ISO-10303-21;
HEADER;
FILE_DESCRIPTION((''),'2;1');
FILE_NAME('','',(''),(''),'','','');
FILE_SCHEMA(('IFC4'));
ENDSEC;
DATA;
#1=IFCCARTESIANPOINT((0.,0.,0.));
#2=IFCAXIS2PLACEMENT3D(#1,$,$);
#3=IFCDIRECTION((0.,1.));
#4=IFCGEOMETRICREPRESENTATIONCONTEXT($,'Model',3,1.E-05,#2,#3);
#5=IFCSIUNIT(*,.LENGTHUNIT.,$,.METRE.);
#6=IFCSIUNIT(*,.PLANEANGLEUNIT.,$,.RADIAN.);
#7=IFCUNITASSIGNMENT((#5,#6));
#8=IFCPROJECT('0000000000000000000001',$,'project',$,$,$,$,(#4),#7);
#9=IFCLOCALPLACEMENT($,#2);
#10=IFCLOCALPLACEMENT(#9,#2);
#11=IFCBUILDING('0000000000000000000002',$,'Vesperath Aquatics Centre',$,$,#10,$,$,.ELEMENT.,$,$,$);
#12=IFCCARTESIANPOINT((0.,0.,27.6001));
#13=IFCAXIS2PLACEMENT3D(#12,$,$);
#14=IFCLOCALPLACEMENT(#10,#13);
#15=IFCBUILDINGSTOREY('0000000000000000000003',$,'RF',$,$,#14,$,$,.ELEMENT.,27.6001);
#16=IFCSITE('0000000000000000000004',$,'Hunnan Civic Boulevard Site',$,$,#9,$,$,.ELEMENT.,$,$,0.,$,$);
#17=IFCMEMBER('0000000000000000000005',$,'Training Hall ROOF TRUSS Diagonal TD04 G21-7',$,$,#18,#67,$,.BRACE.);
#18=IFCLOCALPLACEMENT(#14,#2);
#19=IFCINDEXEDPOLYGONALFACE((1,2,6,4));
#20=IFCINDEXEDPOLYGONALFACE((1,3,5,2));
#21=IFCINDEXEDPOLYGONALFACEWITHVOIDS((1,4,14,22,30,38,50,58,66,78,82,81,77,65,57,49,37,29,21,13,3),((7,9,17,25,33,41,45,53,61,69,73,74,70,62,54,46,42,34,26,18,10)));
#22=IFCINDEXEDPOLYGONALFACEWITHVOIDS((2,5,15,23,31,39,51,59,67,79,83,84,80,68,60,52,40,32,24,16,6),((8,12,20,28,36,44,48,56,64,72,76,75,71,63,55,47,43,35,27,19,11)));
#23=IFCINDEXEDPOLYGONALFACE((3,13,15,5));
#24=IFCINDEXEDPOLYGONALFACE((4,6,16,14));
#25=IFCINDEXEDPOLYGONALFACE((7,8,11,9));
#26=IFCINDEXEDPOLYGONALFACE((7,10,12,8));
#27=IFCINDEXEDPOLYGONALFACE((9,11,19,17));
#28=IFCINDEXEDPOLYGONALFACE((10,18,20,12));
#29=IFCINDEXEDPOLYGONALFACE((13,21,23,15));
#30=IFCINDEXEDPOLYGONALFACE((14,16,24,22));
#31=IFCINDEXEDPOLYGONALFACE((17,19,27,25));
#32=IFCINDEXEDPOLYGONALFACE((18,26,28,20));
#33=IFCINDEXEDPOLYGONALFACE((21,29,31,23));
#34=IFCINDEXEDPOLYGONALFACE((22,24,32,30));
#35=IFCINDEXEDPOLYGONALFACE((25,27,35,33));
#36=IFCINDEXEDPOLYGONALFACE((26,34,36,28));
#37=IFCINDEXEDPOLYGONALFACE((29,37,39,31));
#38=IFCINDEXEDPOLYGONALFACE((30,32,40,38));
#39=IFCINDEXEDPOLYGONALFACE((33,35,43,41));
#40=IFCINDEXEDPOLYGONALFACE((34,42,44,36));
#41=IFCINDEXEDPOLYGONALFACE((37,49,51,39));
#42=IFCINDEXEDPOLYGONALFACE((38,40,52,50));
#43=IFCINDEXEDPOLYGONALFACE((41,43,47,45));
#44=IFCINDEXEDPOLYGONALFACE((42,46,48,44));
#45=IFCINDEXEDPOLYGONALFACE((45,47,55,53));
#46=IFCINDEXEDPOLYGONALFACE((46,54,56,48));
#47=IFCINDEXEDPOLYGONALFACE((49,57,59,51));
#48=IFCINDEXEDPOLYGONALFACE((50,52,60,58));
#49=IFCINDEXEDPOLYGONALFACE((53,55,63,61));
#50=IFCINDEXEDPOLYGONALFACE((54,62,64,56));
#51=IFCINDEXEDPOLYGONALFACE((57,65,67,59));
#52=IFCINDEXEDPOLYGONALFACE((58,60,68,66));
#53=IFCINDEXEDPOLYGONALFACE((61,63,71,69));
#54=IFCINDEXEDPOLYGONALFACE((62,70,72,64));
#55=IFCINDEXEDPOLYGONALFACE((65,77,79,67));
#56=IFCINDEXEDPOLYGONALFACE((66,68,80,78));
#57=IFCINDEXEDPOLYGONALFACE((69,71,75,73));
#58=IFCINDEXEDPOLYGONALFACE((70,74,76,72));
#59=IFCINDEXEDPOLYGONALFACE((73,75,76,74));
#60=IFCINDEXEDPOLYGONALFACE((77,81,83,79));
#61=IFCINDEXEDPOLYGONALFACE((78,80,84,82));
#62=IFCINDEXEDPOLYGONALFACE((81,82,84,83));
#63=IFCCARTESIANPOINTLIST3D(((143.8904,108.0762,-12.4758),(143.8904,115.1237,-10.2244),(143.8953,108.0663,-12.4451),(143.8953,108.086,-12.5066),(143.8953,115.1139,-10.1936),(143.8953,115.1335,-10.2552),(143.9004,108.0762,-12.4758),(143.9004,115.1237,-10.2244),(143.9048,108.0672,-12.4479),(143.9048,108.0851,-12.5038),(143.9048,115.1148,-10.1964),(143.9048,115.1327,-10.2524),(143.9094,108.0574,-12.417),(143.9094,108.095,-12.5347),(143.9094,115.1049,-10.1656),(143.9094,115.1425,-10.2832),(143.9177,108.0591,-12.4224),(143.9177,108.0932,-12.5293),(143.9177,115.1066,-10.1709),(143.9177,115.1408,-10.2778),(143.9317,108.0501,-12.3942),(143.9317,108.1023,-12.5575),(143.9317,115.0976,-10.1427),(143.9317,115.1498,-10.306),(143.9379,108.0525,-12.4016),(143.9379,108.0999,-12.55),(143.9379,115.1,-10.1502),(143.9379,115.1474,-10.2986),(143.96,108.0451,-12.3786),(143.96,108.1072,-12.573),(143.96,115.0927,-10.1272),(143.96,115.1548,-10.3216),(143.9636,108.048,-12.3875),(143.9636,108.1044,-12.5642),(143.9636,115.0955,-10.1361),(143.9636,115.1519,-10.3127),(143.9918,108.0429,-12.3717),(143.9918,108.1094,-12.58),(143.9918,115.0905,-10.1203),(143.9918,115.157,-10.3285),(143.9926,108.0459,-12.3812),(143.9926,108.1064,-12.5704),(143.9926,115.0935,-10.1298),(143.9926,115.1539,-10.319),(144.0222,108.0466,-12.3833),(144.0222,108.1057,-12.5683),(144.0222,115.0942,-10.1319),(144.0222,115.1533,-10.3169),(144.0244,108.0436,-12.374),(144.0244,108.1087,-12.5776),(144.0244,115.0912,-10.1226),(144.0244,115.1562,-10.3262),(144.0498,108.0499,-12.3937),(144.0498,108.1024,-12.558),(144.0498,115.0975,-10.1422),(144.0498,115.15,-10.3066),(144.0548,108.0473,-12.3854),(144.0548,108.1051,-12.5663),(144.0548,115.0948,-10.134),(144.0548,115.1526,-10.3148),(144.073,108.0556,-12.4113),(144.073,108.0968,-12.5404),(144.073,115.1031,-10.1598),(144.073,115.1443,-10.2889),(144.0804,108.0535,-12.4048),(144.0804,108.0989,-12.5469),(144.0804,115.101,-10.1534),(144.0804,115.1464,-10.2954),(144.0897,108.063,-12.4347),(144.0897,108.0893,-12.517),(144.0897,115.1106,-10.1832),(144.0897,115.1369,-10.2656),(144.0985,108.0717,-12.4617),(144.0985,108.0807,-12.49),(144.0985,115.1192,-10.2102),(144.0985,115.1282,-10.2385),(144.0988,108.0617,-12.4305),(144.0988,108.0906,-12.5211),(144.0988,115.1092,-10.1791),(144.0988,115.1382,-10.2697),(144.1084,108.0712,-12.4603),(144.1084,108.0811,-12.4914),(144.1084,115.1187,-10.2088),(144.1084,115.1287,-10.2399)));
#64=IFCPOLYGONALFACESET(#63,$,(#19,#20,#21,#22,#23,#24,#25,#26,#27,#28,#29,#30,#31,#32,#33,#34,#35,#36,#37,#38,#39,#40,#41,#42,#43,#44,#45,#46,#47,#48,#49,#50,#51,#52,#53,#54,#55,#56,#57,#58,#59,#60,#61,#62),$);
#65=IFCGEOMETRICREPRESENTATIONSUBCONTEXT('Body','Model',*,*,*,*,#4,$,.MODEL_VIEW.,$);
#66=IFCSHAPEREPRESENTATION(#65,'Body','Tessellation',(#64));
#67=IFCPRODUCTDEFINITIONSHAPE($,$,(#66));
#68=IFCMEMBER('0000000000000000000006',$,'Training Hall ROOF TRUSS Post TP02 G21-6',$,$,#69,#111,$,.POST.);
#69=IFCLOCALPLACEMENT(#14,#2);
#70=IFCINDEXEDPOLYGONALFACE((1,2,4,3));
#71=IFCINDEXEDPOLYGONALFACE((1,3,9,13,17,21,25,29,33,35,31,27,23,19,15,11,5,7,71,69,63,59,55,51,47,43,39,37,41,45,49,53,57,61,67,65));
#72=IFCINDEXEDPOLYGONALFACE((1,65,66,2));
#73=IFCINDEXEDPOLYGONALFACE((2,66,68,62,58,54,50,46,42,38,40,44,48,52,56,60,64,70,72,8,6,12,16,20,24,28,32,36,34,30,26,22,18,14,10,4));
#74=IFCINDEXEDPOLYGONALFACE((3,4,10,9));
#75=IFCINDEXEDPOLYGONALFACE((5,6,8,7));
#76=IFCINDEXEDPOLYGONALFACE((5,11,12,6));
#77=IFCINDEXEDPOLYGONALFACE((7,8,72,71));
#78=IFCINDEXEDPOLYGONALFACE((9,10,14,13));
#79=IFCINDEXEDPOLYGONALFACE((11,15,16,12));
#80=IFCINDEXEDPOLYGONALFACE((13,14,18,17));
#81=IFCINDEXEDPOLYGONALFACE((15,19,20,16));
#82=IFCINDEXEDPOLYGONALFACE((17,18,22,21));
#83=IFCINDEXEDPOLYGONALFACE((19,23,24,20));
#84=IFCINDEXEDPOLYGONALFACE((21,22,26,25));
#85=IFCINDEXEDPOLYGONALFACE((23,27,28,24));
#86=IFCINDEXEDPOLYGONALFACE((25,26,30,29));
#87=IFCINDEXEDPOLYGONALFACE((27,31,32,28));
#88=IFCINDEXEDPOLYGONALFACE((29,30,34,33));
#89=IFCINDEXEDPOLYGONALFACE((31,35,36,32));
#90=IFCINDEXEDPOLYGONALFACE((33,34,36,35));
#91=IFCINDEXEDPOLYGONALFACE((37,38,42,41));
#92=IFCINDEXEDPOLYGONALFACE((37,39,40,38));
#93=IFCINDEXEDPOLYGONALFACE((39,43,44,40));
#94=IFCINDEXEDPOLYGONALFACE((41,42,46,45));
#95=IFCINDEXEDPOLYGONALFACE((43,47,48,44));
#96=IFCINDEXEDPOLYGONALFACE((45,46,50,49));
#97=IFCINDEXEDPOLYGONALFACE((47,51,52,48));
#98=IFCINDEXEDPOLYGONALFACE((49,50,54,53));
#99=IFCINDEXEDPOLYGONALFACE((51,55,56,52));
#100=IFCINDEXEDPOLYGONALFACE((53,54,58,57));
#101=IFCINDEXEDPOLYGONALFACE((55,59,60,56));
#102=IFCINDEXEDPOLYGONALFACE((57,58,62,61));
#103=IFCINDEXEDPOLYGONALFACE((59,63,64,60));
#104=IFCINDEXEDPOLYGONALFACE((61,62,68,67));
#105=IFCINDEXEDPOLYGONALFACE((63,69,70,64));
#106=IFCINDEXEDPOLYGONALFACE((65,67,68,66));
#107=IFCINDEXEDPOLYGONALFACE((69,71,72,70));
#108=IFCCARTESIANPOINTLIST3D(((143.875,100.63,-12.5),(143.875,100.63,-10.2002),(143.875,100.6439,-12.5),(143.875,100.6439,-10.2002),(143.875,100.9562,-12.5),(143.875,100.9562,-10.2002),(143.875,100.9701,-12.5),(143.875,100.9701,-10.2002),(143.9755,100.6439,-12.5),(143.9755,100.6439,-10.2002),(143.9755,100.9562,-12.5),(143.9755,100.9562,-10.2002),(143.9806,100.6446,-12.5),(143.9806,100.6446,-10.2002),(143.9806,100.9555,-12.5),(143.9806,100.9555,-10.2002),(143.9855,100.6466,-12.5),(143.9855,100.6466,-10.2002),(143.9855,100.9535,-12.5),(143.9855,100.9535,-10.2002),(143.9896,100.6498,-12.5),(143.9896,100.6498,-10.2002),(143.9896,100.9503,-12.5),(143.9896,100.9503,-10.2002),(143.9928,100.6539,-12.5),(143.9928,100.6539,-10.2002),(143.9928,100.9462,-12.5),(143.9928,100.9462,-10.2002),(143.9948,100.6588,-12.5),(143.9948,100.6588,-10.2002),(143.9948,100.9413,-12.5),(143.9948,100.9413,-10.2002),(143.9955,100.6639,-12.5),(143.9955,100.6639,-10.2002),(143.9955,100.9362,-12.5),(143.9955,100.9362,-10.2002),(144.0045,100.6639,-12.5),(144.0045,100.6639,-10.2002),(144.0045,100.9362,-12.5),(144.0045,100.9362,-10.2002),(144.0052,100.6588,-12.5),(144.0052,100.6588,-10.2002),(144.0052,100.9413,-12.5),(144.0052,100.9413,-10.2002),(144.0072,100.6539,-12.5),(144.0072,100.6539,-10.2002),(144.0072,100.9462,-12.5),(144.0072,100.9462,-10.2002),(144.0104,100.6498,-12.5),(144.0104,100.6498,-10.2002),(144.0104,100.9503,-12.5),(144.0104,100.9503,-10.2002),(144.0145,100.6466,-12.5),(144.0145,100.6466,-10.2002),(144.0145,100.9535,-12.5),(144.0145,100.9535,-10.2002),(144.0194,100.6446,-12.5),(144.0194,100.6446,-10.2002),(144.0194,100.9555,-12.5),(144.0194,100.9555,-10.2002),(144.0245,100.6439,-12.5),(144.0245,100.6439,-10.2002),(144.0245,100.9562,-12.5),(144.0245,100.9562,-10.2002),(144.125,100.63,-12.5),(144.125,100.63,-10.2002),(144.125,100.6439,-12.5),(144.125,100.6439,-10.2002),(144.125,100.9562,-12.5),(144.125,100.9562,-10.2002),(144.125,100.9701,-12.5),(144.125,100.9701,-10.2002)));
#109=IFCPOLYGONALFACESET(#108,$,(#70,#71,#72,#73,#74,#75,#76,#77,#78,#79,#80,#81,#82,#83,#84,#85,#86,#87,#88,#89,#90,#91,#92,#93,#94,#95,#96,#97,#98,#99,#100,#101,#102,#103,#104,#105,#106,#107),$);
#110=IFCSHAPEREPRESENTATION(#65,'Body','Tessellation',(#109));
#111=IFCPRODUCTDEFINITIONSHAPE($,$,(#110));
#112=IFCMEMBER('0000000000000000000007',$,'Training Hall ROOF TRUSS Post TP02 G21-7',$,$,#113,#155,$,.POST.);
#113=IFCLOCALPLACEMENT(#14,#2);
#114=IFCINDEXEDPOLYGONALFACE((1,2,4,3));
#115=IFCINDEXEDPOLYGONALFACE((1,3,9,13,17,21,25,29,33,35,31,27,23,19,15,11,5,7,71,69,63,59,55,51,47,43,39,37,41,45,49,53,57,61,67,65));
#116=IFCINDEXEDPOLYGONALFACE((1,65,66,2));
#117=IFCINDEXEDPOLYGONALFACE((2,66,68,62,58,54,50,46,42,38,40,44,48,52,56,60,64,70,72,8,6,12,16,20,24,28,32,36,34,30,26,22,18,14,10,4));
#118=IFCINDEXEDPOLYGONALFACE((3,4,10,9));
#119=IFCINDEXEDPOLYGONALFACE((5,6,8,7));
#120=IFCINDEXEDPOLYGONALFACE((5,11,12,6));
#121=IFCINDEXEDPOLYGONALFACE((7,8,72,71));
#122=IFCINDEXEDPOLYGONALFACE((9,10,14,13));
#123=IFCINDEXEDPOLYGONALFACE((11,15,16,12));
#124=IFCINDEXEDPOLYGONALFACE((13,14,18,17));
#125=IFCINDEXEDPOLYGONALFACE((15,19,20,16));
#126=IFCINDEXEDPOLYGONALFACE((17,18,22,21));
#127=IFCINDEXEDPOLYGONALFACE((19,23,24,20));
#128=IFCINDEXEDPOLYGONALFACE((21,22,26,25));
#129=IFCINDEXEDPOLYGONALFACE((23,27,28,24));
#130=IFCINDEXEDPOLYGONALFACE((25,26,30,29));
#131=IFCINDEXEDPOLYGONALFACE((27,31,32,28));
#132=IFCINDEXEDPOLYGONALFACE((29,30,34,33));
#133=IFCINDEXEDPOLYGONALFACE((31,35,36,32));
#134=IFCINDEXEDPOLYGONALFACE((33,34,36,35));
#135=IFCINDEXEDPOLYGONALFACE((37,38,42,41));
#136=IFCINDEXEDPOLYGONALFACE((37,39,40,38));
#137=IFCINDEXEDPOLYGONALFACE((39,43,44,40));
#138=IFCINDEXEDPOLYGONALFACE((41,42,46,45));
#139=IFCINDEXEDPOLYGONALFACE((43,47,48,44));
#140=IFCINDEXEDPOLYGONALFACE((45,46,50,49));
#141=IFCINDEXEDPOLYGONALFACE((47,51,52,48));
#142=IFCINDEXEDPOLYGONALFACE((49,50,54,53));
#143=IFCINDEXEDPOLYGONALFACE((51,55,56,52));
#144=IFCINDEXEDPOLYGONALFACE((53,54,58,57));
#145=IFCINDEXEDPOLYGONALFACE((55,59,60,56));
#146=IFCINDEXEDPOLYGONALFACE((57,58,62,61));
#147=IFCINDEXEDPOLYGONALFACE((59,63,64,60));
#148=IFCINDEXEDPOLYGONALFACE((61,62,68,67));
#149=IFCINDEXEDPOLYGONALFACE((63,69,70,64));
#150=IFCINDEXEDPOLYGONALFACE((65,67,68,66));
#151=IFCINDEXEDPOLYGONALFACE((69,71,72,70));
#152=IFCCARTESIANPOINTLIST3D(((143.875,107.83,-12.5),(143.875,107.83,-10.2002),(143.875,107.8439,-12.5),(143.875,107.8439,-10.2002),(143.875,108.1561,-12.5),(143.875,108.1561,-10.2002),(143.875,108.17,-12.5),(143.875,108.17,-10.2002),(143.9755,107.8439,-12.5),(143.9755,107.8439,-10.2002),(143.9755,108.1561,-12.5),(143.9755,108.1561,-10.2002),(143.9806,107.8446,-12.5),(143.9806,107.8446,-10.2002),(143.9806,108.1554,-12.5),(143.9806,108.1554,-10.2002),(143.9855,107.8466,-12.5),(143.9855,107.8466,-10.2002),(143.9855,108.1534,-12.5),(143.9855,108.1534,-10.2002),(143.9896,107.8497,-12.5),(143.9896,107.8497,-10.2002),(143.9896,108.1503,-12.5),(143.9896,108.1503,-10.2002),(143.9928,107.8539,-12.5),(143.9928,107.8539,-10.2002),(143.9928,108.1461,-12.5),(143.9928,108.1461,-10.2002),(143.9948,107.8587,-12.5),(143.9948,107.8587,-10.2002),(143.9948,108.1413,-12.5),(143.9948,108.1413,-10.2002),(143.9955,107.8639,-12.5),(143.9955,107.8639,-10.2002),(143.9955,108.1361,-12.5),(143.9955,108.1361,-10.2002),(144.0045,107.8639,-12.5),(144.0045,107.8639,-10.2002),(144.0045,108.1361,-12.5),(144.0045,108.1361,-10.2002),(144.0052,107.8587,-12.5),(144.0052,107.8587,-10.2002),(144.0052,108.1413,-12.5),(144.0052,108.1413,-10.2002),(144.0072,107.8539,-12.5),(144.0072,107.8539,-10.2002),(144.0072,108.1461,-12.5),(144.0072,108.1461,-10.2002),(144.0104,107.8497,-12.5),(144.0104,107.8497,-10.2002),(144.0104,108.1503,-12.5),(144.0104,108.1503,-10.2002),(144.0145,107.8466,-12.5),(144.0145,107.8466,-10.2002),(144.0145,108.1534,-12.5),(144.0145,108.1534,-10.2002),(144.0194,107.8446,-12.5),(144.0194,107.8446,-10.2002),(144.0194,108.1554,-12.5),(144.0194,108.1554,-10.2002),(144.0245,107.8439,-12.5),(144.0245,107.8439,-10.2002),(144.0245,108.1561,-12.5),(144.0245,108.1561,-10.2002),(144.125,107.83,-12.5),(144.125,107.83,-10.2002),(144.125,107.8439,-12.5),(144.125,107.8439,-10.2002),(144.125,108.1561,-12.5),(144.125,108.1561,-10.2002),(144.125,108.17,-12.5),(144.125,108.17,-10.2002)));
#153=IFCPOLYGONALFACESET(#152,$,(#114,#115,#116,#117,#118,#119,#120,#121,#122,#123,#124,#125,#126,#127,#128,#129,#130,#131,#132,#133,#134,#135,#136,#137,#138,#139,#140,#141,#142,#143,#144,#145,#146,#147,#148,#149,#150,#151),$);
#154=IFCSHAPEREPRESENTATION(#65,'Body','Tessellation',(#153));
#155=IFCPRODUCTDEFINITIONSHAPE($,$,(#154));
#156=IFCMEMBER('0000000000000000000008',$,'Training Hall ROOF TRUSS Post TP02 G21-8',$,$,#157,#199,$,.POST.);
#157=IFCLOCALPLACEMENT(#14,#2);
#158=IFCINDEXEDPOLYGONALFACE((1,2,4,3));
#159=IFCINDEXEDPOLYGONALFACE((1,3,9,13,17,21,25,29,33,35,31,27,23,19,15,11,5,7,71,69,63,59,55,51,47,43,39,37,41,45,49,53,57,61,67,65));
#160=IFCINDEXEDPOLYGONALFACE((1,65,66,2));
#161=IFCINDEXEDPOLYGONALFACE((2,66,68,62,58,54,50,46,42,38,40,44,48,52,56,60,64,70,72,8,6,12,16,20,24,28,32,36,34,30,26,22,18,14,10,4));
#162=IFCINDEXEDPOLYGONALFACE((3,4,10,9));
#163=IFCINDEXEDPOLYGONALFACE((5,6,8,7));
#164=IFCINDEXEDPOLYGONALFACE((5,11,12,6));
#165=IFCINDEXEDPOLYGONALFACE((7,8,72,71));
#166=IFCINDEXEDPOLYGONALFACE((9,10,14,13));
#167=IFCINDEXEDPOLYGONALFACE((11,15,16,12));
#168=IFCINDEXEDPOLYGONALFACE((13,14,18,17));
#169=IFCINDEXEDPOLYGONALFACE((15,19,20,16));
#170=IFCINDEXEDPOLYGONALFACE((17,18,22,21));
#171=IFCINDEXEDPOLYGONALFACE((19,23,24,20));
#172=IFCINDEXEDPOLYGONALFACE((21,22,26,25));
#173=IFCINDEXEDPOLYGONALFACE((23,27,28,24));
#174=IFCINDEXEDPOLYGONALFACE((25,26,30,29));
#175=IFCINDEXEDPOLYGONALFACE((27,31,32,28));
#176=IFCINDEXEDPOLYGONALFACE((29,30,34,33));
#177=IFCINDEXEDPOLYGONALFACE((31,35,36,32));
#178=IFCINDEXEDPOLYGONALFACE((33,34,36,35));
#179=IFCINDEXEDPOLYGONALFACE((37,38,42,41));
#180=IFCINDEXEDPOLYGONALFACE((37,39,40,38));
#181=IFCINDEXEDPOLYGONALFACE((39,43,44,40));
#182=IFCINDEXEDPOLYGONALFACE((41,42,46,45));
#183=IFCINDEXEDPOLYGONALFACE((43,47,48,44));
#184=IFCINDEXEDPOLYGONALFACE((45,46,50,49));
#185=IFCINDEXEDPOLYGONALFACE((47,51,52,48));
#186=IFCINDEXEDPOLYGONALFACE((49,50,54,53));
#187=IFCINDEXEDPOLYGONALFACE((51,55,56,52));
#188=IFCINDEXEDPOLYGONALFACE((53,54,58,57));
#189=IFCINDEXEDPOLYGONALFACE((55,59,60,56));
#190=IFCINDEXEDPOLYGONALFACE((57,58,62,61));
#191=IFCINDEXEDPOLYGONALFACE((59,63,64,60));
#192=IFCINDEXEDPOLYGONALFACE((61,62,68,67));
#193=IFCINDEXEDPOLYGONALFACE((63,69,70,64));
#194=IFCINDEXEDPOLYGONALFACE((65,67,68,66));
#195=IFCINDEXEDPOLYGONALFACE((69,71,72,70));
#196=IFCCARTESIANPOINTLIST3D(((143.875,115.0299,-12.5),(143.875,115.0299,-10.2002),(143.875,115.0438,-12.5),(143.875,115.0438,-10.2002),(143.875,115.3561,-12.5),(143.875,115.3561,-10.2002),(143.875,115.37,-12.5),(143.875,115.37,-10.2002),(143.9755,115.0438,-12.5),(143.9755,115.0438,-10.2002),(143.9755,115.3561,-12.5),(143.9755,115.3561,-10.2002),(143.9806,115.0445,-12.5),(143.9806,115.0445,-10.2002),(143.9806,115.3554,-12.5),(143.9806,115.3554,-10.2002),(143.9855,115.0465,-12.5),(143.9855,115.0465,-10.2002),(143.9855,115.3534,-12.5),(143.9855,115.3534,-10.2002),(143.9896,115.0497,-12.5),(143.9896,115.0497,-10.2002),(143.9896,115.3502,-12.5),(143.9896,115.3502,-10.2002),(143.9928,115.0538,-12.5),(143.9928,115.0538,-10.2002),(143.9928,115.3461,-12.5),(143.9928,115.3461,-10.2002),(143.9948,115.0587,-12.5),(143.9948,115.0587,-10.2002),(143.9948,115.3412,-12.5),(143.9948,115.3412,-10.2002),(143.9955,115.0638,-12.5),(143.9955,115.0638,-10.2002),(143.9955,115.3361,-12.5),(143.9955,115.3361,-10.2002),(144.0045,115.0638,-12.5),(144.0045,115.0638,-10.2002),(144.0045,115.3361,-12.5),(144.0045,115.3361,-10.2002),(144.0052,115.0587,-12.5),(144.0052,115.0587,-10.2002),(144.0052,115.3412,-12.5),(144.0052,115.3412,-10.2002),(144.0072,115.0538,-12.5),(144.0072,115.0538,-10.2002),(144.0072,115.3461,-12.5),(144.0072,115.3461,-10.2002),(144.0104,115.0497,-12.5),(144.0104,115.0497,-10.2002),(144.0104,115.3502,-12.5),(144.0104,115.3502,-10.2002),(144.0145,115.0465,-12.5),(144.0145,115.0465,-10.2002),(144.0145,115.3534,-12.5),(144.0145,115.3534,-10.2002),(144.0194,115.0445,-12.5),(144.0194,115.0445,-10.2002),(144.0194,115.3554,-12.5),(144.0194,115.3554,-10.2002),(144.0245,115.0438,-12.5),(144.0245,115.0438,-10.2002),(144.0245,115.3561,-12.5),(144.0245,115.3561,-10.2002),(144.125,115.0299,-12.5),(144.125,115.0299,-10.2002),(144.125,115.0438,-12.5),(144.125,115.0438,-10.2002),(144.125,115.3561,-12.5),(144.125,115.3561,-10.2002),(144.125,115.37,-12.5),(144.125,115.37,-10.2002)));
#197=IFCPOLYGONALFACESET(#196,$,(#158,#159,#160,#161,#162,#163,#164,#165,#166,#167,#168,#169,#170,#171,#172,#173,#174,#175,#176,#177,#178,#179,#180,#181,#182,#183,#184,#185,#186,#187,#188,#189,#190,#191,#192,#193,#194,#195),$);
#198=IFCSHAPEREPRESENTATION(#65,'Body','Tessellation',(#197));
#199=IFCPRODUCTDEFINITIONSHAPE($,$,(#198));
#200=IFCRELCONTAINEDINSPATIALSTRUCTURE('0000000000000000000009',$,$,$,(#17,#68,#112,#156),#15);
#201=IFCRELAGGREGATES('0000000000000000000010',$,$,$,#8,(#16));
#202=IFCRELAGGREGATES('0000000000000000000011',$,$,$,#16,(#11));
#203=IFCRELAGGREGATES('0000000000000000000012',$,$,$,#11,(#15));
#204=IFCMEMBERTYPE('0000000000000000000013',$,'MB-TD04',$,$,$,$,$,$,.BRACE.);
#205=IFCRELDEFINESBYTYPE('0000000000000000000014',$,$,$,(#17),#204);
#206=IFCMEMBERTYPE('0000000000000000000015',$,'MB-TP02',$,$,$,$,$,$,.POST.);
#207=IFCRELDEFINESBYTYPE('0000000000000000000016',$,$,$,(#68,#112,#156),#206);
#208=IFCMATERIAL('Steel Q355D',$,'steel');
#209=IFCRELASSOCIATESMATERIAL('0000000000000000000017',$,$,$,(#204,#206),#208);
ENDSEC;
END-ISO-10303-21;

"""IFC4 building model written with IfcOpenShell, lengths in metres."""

from ifc_helpers import new_model, si_unit, direction, frame, origin, origin_2d, place, context, subcontext, project, spatial, hollow_circle, i_section, extrude, material, material_profile, profile_set, type_object, element, save


model = new_model("IFC4")

# Units and contexts
model_context = context("Model", 3, precision=1e-05, world=origin(), true_north=direction((0.0, 1.0)))
body_context = subcontext(model_context, "Body", "Model", "MODEL_VIEW")
ifc_project = project(units=[si_unit("LENGTHUNIT", "METRE"), si_unit("PLANEANGLEUNIT", "RADIAN")], contexts=[model_context])

# Site, building, storey
site_placement = place(None, origin())
site = spatial("IfcSite", under=ifc_project, at=site_placement, Name="Hunnan Civic Boulevard Site", CompositionType="ELEMENT", RefElevation=0.0)
building_placement = place(site_placement, origin())
building = spatial("IfcBuilding", under=site, at=building_placement, Name="Vesperath Aquatics Centre", CompositionType="ELEMENT")
storey_placement = place(building_placement, frame((0.0, 0.0, 27.6001)))
storey = spatial("IfcBuildingStorey", under=building, at=storey_placement, Name="RF", CompositionType="ELEMENT", Elevation=27.6001)

# Members
ifc_material_1 = material(Name="Steel Q355D", Category="steel")
ifc_material_profile_1 = material_profile(ifc_material_1, hollow_circle(Radius=0.1096, WallThickness=0.01, at=origin_2d()), Name="CHS 219.1x10")
ifc_profile_set_1 = profile_set([ifc_material_profile_1], Name="Steel Q355D")
member_type_1 = type_object("IfcMemberType", Name="MB-TD04", PredefinedType="BRACE", material=ifc_profile_set_1)
for number, where, z_axis, x_axis, name in (
    (1, (144.0, 108.0762, -12.4758), (0.0, 0.952572, 0.304314), (-1.0, 0.0, 0.0), "Training Hall ROOF TRUSS Diagonal TD04 G21-7"),
):
    element("IfcMember", number, at=place(storey_placement, frame(where, z_axis=z_axis, x_axis=x_axis)), inside=storey, type_object=member_type_1, Name=name, PredefinedType="BRACE", context=body_context, shape_type="SweptSolid", body=[
        extrude(hollow_circle(Radius=0.1096, WallThickness=0.01, at=origin_2d()), origin(), (0.0, 0.0, 1.0), 7.3984),
    ])
ifc_material_profile_2 = material_profile(ifc_material_1, i_section(OverallWidth=0.25, OverallDepth=0.3401, WebThickness=0.009, FlangeThickness=0.0139, FilletRadius=0.02, at=origin_2d()), Name="HM 340x250x9x14")
ifc_profile_set_2 = profile_set([ifc_material_profile_2], Name="Steel Q355D")
member_type_2 = type_object("IfcMemberType", Name="MB-TP02", PredefinedType="POST", material=ifc_profile_set_2)
for number, where, z_axis, x_axis, name in (
    (2, (144.0, 100.8, -12.5), (0.0, 0.0, 1.0), (1.0, 0.0, 0.0), "Training Hall ROOF TRUSS Post TP02 G21-6"),
    (3, (144.0, 108.0, -12.5), (0.0, 0.0, 1.0), (1.0, 0.0, 0.0), "Training Hall ROOF TRUSS Post TP02 G21-7"),
    (4, (144.0, 115.2, -12.5), (0.0, 0.0, 1.0), (1.0, 0.0, 0.0), "Training Hall ROOF TRUSS Post TP02 G21-8"),
):
    element("IfcMember", number, at=place(storey_placement, frame(where, z_axis=z_axis, x_axis=x_axis)), inside=storey, type_object=member_type_2, Name=name, PredefinedType="POST", context=body_context, shape_type="SweptSolid", body=[
        extrude(i_section(OverallWidth=0.25, OverallDepth=0.3401, WebThickness=0.009, FlangeThickness=0.0139, FilletRadius=0.02, at=origin_2d()), origin(), (0.0, 0.0, 1.0), 2.2998),
    ])

save(model, "model.ifc")
